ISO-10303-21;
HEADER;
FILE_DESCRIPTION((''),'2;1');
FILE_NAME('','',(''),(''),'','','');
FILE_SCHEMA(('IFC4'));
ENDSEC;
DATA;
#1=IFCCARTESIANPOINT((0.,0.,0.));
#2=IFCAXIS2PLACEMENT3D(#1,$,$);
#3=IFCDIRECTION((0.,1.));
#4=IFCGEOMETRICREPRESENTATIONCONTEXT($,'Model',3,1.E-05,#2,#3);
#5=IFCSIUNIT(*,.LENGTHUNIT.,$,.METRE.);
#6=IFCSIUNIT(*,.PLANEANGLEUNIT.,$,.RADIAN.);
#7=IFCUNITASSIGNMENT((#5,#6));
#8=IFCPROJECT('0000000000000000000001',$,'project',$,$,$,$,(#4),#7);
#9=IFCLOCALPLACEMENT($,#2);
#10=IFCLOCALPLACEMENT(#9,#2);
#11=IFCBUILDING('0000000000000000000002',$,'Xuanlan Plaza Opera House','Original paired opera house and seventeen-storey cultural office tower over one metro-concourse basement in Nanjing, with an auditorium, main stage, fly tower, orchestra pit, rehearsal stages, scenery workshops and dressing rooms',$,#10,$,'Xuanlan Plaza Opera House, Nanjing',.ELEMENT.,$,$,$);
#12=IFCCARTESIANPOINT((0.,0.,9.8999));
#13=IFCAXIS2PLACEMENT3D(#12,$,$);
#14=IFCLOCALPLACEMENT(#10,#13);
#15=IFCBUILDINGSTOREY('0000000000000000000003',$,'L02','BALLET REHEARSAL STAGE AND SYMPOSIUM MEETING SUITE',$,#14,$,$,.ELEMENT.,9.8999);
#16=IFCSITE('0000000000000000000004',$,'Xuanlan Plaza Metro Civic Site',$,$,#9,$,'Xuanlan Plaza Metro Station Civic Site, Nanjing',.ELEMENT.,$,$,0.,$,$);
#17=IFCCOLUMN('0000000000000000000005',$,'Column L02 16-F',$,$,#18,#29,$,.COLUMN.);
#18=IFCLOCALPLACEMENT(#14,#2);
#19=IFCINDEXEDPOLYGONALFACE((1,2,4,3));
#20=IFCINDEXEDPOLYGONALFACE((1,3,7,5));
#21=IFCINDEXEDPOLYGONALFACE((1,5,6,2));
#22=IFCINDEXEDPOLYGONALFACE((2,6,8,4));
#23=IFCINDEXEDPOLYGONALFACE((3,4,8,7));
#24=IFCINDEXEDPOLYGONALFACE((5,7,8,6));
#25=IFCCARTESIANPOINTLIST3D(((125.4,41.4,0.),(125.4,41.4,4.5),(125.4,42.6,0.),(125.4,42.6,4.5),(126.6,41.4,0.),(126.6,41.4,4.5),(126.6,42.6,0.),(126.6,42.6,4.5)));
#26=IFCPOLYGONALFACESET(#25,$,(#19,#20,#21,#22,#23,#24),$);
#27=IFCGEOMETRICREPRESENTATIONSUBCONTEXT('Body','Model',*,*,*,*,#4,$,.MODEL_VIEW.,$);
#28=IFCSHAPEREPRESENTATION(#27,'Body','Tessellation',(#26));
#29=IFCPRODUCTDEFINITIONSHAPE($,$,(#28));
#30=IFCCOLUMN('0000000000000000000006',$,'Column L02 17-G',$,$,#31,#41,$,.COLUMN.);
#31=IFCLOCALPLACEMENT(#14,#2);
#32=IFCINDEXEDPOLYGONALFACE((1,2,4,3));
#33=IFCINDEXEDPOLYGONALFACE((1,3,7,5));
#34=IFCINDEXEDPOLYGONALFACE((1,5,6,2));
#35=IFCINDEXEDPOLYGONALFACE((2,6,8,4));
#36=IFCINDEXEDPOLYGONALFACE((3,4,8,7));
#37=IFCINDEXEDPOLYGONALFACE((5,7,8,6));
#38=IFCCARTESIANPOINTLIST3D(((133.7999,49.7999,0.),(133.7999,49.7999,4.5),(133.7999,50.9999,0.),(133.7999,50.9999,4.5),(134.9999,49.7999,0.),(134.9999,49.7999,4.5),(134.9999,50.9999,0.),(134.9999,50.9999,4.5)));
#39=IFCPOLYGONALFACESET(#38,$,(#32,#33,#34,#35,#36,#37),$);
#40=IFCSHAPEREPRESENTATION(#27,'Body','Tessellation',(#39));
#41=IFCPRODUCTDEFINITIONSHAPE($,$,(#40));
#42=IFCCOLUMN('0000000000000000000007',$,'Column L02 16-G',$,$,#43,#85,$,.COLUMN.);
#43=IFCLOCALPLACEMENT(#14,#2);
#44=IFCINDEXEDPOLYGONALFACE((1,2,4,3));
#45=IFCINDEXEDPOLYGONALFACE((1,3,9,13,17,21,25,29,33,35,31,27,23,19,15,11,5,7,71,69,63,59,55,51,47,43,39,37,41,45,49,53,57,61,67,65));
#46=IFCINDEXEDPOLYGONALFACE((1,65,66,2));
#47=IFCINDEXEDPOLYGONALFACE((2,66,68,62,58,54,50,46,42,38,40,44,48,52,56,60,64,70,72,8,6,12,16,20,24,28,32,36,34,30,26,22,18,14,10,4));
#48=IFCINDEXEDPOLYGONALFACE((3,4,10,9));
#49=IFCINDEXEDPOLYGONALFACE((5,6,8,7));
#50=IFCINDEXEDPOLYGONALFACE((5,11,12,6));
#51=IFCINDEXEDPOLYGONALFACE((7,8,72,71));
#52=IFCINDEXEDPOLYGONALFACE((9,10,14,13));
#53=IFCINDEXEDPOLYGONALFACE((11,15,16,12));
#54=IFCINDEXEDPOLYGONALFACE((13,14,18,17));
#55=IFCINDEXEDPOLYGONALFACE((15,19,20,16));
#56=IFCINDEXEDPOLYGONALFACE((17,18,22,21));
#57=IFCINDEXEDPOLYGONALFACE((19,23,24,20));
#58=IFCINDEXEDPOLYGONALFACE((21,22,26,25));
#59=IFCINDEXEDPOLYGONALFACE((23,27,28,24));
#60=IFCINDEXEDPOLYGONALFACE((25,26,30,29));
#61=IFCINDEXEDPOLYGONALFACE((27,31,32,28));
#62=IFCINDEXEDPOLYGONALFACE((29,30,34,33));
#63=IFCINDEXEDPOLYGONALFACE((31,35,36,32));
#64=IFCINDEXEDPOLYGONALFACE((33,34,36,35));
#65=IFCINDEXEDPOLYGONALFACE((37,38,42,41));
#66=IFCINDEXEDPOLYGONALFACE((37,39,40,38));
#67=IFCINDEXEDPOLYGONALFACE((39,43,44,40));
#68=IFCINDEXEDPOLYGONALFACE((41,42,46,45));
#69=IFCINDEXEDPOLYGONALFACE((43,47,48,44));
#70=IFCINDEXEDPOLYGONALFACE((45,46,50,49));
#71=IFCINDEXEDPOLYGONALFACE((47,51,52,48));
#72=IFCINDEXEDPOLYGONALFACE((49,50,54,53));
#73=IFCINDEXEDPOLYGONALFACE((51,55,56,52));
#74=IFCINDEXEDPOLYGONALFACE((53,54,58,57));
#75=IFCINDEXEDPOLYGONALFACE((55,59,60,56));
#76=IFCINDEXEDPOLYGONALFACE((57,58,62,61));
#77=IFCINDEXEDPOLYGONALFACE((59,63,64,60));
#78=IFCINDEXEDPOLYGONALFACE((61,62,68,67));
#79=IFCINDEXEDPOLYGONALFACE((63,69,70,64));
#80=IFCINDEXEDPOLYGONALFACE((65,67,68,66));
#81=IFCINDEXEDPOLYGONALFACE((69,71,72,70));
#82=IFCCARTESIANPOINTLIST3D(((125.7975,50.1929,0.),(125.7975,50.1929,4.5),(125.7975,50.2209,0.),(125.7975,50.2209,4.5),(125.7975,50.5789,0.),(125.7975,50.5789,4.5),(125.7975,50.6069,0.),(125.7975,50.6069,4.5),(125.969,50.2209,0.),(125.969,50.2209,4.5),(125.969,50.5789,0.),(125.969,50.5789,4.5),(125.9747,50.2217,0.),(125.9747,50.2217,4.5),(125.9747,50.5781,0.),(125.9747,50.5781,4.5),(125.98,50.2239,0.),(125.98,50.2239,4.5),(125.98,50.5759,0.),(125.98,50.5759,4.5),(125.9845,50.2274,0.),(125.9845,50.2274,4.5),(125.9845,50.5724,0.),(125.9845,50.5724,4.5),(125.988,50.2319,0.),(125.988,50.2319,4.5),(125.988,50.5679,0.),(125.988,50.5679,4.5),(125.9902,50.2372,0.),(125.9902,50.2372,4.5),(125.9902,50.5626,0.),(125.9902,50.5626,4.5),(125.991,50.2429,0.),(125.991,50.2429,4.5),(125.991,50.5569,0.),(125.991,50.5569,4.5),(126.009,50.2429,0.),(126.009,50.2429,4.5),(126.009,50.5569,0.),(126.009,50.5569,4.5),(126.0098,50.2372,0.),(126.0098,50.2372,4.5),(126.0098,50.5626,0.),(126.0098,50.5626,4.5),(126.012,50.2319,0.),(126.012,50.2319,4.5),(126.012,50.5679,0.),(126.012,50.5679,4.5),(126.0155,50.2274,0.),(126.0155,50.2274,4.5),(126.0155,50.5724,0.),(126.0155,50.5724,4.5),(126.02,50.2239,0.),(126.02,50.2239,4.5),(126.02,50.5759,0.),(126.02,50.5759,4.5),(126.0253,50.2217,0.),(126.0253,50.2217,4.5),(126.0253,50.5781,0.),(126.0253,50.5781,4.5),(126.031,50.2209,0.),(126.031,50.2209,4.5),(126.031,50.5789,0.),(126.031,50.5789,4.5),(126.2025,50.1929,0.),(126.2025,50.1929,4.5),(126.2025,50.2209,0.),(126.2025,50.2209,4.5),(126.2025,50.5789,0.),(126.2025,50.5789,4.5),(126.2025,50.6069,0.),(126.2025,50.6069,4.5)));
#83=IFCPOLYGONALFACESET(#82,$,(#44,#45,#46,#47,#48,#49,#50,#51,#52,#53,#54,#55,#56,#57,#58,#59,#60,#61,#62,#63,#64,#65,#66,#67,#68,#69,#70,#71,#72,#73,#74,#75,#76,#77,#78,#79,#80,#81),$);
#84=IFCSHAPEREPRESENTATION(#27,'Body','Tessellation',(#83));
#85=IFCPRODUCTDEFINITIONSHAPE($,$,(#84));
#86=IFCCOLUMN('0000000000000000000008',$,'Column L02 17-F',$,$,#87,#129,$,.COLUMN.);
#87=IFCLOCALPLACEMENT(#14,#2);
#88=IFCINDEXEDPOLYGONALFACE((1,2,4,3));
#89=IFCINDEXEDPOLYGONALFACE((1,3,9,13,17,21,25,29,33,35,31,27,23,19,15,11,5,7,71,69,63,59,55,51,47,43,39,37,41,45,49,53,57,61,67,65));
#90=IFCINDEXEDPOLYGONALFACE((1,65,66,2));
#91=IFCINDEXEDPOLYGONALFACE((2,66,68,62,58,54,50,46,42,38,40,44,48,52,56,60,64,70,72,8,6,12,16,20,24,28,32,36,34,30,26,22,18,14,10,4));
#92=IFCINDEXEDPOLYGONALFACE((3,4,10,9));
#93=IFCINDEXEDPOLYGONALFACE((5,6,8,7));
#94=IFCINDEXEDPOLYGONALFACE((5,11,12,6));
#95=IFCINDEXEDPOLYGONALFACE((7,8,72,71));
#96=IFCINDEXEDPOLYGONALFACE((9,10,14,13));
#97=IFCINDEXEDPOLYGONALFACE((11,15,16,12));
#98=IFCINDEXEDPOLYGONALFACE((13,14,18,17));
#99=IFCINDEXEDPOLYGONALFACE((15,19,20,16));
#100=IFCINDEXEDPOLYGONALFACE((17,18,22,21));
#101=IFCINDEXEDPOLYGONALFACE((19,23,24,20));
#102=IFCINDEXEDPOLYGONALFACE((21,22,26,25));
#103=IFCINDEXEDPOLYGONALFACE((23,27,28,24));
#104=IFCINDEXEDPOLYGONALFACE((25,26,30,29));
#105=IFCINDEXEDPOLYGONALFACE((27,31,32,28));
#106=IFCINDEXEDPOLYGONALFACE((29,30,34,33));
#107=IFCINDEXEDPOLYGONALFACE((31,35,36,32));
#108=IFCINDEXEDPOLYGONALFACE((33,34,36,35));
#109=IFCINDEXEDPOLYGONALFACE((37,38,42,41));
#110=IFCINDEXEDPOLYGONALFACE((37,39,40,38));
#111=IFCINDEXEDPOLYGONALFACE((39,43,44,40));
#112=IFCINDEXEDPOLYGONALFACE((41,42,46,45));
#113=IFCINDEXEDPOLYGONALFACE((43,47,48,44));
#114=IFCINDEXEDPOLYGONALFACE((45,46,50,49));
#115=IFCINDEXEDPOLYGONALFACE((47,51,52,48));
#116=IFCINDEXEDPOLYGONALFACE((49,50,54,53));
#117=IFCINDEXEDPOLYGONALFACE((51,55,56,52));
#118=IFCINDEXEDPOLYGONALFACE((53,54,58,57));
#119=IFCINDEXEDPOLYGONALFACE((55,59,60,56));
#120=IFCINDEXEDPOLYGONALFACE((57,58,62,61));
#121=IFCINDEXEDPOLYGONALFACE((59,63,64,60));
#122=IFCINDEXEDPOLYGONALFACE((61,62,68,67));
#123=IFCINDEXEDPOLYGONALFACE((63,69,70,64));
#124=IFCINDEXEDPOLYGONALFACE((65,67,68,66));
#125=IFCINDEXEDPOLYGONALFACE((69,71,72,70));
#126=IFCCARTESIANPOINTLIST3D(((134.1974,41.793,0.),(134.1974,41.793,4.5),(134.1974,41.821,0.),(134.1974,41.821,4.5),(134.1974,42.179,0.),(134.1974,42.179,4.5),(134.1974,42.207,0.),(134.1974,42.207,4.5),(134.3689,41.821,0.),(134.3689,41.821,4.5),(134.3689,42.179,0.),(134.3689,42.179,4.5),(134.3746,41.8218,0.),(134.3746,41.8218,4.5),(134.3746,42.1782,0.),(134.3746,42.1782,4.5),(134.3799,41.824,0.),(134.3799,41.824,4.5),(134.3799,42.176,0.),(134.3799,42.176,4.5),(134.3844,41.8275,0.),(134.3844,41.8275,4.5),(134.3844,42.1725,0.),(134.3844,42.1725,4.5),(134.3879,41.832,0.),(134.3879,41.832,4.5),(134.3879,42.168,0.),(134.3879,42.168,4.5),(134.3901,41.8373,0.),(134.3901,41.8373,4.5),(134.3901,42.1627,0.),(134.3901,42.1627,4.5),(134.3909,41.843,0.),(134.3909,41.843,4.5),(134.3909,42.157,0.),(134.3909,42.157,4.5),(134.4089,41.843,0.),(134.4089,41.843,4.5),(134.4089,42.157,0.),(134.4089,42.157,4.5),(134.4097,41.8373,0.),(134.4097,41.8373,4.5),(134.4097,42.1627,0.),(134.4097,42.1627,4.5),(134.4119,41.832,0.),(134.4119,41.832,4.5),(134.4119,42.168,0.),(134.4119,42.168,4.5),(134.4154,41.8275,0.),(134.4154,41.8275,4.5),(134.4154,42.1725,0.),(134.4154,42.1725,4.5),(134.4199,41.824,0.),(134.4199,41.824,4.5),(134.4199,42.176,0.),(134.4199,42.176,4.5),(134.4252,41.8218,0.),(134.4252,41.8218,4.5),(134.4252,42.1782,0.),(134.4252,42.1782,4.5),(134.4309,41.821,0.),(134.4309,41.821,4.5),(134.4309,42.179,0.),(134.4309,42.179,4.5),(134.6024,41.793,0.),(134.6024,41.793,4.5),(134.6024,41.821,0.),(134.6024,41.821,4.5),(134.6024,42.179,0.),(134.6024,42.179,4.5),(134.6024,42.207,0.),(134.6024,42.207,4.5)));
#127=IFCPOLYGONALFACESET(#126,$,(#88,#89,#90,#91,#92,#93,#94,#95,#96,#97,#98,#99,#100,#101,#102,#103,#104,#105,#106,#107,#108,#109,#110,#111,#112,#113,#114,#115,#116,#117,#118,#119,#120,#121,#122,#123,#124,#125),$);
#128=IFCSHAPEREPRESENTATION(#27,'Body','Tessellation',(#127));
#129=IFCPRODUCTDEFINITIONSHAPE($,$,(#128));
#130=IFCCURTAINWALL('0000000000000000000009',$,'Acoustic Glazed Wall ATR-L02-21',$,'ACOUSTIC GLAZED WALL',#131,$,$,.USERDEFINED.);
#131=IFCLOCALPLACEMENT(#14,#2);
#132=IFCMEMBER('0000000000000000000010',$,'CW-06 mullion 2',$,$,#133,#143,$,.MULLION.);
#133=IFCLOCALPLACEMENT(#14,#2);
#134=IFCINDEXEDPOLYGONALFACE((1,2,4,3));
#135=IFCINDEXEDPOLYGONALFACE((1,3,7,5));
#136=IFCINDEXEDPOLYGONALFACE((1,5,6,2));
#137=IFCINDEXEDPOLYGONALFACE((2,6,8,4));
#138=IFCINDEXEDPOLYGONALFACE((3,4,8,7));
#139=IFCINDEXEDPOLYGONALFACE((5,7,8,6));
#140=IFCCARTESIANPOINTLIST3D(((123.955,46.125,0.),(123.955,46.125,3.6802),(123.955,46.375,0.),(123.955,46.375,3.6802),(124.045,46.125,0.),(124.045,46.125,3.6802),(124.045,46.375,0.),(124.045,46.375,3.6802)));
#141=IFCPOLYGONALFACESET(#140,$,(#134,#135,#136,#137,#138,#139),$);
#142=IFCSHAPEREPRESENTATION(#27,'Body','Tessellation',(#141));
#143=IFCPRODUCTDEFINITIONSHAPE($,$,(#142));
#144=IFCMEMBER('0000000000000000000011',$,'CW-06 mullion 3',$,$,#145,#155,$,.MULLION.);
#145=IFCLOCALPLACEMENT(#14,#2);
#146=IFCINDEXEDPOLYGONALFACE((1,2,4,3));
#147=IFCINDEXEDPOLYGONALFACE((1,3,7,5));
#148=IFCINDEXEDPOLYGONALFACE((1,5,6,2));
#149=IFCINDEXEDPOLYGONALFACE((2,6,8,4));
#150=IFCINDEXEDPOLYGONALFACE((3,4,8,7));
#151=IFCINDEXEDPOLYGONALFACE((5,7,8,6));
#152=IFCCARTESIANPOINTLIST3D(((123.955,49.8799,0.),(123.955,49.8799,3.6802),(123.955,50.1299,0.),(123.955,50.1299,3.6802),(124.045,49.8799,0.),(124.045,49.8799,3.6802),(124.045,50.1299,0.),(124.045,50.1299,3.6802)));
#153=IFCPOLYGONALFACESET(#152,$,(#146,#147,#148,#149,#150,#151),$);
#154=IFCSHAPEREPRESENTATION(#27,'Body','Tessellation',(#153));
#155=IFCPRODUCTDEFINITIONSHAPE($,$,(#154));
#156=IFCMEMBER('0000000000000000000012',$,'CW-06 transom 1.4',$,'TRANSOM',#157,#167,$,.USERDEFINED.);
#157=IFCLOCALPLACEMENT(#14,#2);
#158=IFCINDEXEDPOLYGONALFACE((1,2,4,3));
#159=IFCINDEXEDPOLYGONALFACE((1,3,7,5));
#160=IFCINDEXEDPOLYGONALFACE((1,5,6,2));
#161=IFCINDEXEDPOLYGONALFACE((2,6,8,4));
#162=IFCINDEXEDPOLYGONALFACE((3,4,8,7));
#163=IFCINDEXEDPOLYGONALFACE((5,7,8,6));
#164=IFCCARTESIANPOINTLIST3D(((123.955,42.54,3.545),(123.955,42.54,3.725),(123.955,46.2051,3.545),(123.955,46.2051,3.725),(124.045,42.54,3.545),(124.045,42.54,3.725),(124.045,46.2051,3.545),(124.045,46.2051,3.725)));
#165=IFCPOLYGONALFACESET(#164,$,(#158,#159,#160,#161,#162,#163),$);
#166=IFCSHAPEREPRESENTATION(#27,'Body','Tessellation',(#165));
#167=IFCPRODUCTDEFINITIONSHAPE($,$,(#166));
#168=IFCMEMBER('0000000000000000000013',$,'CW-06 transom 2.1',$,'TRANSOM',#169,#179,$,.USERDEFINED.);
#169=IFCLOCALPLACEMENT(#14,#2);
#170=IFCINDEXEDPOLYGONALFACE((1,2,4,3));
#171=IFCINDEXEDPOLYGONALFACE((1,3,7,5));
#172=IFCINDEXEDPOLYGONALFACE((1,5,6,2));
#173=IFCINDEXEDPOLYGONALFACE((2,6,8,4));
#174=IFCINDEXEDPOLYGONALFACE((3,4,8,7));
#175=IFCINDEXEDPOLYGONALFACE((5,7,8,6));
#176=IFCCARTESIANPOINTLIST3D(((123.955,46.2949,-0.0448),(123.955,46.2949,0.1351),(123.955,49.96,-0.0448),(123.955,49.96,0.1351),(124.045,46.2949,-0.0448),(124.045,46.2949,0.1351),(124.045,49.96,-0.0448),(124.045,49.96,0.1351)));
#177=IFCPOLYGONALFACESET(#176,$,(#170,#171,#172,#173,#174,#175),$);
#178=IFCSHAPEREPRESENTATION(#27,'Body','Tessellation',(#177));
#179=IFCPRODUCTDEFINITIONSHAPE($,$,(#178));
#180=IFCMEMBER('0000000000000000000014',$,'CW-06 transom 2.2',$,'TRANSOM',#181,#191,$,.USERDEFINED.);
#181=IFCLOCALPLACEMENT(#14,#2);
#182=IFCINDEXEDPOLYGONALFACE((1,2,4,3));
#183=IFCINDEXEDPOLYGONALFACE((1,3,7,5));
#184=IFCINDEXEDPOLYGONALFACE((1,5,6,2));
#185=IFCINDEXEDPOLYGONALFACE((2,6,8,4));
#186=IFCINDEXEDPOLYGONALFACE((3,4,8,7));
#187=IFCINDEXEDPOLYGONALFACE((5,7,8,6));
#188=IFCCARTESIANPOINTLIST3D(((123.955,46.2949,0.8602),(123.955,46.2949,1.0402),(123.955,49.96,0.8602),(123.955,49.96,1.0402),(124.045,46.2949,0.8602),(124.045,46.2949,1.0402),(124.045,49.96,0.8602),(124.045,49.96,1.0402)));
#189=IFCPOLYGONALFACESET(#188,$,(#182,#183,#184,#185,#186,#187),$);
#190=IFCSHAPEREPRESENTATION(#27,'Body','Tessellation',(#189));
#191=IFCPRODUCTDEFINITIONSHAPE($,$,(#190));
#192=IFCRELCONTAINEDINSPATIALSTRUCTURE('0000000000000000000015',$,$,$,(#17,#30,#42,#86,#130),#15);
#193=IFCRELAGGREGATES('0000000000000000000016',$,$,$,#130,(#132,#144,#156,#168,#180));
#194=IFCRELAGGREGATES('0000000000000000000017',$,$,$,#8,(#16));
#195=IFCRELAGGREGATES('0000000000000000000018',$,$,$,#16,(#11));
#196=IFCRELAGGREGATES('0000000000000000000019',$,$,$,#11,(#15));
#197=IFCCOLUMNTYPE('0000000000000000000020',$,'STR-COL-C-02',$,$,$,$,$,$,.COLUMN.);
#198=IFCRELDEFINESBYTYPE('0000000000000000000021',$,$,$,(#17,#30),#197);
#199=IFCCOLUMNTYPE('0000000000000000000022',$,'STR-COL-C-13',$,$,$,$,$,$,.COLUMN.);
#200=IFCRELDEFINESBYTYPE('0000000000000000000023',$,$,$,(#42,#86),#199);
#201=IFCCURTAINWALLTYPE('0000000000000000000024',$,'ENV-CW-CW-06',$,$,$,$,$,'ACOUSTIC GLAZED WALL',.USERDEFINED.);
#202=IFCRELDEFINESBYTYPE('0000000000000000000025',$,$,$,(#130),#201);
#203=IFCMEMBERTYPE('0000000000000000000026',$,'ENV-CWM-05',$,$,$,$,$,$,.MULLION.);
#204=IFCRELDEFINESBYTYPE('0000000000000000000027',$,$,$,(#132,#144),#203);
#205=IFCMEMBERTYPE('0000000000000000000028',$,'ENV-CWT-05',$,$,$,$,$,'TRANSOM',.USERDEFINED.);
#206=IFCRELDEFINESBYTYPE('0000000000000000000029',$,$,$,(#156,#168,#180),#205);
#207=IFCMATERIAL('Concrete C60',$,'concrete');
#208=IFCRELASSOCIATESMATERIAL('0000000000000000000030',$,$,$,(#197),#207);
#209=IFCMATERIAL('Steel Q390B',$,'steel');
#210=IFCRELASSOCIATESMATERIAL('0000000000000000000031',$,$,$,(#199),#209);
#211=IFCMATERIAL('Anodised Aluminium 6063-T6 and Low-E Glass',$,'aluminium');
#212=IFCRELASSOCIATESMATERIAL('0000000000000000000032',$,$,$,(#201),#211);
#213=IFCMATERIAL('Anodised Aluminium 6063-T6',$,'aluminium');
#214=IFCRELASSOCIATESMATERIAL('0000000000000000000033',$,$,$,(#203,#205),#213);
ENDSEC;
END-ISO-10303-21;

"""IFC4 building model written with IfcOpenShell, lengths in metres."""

from ifc_helpers import new_model, si_unit, direction, frame, origin, origin_2d, place, context, subcontext, project, spatial, rectangle, i_section, extrude, material, material_profile, profile_set, type_object, element, aggregate, save


model = new_model("IFC4")

# Units and contexts
model_context = context("Model", 3, precision=1e-05, world=origin(), true_north=direction((0.0, 1.0)))
body_context = subcontext(model_context, "Body", "Model", "MODEL_VIEW")
ifc_project = project(units=[si_unit("LENGTHUNIT", "METRE"), si_unit("PLANEANGLEUNIT", "RADIAN")], contexts=[model_context])

# Site, building, storey
site_placement = place(None, origin())
site = spatial("IfcSite", under=ifc_project, at=site_placement, Name="Xuanlan Plaza Metro Civic Site", LongName="Xuanlan Plaza Metro Station Civic Site, Nanjing", CompositionType="ELEMENT", RefElevation=0.0)
building_placement = place(site_placement, origin())
building = spatial("IfcBuilding", under=site, at=building_placement, Name="Xuanlan Plaza Opera House", Description="Original paired opera house and seventeen-storey cultural office tower over one metro-concourse basement in Nanjing, with an auditorium, main stage, fly tower, orchestra pit, rehearsal stages, scenery workshops and dressing rooms", LongName="Xuanlan Plaza Opera House, Nanjing", CompositionType="ELEMENT")
storey_placement = place(building_placement, frame((0.0, 0.0, 9.8999)))
storey = spatial("IfcBuildingStorey", under=building, at=storey_placement, Name="L02", Description="BALLET REHEARSAL STAGE AND SYMPOSIUM MEETING SUITE", CompositionType="ELEMENT", Elevation=9.8999)

# Columns
ifc_material_1 = material(Name="Concrete C60", Category="concrete")
ifc_material_profile_1 = material_profile(ifc_material_1, rectangle(XDim=1.2, YDim=1.2, at=origin_2d()), Name="RC-COL 1200x1200")
ifc_profile_set_1 = profile_set([ifc_material_profile_1], Name="Concrete C60")
column_type_1 = type_object("IfcColumnType", Name="STR-COL-C-02", PredefinedType="COLUMN", material=ifc_profile_set_1)
for number, where, z_axis, x_axis, name in (
    (1, (126.0, 42.0, 0.0), (0.0, 0.0, 1.0), (1.0, 0.0, 0.0), "Column L02 16-F"),
    (2, (134.3999, 50.3999, 0.0), (0.0, 0.0, 1.0), (1.0, 0.0, 0.0), "Column L02 17-G"),
):
    element("IfcColumn", number, at=place(storey_placement, frame(where, z_axis=z_axis, x_axis=x_axis)), inside=storey, type_object=column_type_1, Name=name, PredefinedType="COLUMN", context=body_context, shape_type="SweptSolid", body=[
        extrude(rectangle(XDim=1.2, YDim=1.2, at=origin_2d()), origin(), (0.0, 0.0, 1.0), 4.5),
    ])
ifc_material_2 = material(Name="Steel Q390B", Category="steel")
ifc_material_profile_2 = material_profile(ifc_material_2, i_section(OverallWidth=0.405, OverallDepth=0.4141, WebThickness=0.0181, FlangeThickness=0.0281, FilletRadius=0.022, at=origin_2d()), Name="HW 414x405x18x28")
ifc_profile_set_2 = profile_set([ifc_material_profile_2], Name="Steel Q390B")
column_type_2 = type_object("IfcColumnType", Name="STR-COL-C-13", PredefinedType="COLUMN", material=ifc_profile_set_2)
for number, where, z_axis, x_axis, name in (
    (3, (126.0, 50.3999, 0.0), (0.0, 0.0, 1.0), (1.0, 0.0, 0.0), "Column L02 16-G"),
    (4, (134.3999, 42.0, 0.0), (0.0, 0.0, 1.0), (1.0, 0.0, 0.0), "Column L02 17-F"),
):
    element("IfcColumn", number, at=place(storey_placement, frame(where, z_axis=z_axis, x_axis=x_axis)), inside=storey, type_object=column_type_2, Name=name, PredefinedType="COLUMN", context=body_context, shape_type="SweptSolid", body=[
        extrude(i_section(OverallWidth=0.405, OverallDepth=0.4141, WebThickness=0.0181, FlangeThickness=0.0281, FilletRadius=0.022, at=origin_2d()), origin(), (0.0, 0.0, 1.0), 4.5),
    ])

# Curtain wall, members
ifc_material_3 = material(Name="Anodised Aluminium 6063-T6 and Low-E Glass", Category="aluminium")
curtain_wall_type = type_object("IfcCurtainWallType", Name="ENV-CW-CW-06", ElementType="ACOUSTIC GLAZED WALL", PredefinedType="USERDEFINED", material=ifc_material_3)
curtain_wall_placement = place(storey_placement, origin())
curtain_wall = element("IfcCurtainWall", 5, at=curtain_wall_placement, inside=storey, type_object=curtain_wall_type, Name="Acoustic Glazed Wall ATR-L02-21", ObjectType="ACOUSTIC GLAZED WALL", PredefinedType="USERDEFINED")
ifc_material_4 = material(Name="Anodised Aluminium 6063-T6", Category="aluminium")
ifc_material_profile_3 = material_profile(ifc_material_4, rectangle(XDim=0.0901, YDim=0.25, at=origin_2d()), Name="ALU-M 90x250")
ifc_profile_set_3 = profile_set([ifc_material_profile_3], Name="Anodised Aluminium 6063-T6")
member_type_1 = type_object("IfcMemberType", Name="ENV-CWM-05", PredefinedType="MULLION", material=ifc_profile_set_3)
member_1_placement = place(storey_placement, frame((124.0, 46.25, 0.0), z_axis=(0.0, 0.0, 1.0), x_axis=(-1.0, 0.0, 0.0)))
member_1 = element("IfcMember", 6, at=member_1_placement, type_object=member_type_1, Name="CW-06 mullion 2", PredefinedType="MULLION", context=body_context, shape_type="SweptSolid", body=[
    extrude(rectangle(XDim=0.0901, YDim=0.25, at=origin_2d()), origin(), (0.0, 0.0, 1.0), 3.6802),
])
member_2_placement = place(storey_placement, frame((124.0, 50.0049, 0.0), z_axis=(0.0, 0.0, 1.0), x_axis=(-1.0, 0.0, 0.0)))
member_2 = element("IfcMember", 7, at=member_2_placement, type_object=member_type_1, Name="CW-06 mullion 3", PredefinedType="MULLION", context=body_context, shape_type="SweptSolid", body=[
    extrude(rectangle(XDim=0.0901, YDim=0.25, at=origin_2d()), origin(), (0.0, 0.0, 1.0), 3.6802),
])
ifc_material_profile_4 = material_profile(ifc_material_4, rectangle(XDim=0.0901, YDim=0.1799, at=origin_2d()), Name="ALU-T 90x180")
ifc_profile_set_4 = profile_set([ifc_material_profile_4], Name="Anodised Aluminium 6063-T6")
member_type_2 = type_object("IfcMemberType", Name="ENV-CWT-05", ElementType="TRANSOM", PredefinedType="USERDEFINED", material=ifc_profile_set_4)
member_3_placement = place(storey_placement, frame((124.0, 42.54, 3.635), z_axis=(0.0, 1.0, 0.0), x_axis=(-1.0, 0.0, 0.0)))
member_3 = element("IfcMember", 8, at=member_3_placement, type_object=member_type_2, Name="CW-06 transom 1.4", ObjectType="TRANSOM", PredefinedType="USERDEFINED", context=body_context, shape_type="SweptSolid", body=[
    extrude(rectangle(XDim=0.0901, YDim=0.1799, at=origin_2d()), origin(), (0.0, 0.0, 1.0), 3.665),
])
member_4_placement = place(storey_placement, frame((124.0, 46.2949, 0.0452), z_axis=(0.0, 1.0, 0.0), x_axis=(-1.0, 0.0, 0.0)))
member_4 = element("IfcMember", 9, at=member_4_placement, type_object=member_type_2, Name="CW-06 transom 2.1", ObjectType="TRANSOM", PredefinedType="USERDEFINED", context=body_context, shape_type="SweptSolid", body=[
    extrude(rectangle(XDim=0.0901, YDim=0.1799, at=origin_2d()), origin(), (0.0, 0.0, 1.0), 3.665),
])
member_5_placement = place(storey_placement, frame((124.0, 46.2949, 0.9502), z_axis=(0.0, 1.0, 0.0), x_axis=(-1.0, 0.0, 0.0)))
member_5 = element("IfcMember", 10, at=member_5_placement, type_object=member_type_2, Name="CW-06 transom 2.2", ObjectType="TRANSOM", PredefinedType="USERDEFINED", context=body_context, shape_type="SweptSolid", body=[
    extrude(rectangle(XDim=0.0901, YDim=0.1799, at=origin_2d()), origin(), (0.0, 0.0, 1.0), 3.665),
])

aggregate(curtain_wall, [member_1, member_2, member_3, member_4, member_5])

save(model, "model.ifc")
